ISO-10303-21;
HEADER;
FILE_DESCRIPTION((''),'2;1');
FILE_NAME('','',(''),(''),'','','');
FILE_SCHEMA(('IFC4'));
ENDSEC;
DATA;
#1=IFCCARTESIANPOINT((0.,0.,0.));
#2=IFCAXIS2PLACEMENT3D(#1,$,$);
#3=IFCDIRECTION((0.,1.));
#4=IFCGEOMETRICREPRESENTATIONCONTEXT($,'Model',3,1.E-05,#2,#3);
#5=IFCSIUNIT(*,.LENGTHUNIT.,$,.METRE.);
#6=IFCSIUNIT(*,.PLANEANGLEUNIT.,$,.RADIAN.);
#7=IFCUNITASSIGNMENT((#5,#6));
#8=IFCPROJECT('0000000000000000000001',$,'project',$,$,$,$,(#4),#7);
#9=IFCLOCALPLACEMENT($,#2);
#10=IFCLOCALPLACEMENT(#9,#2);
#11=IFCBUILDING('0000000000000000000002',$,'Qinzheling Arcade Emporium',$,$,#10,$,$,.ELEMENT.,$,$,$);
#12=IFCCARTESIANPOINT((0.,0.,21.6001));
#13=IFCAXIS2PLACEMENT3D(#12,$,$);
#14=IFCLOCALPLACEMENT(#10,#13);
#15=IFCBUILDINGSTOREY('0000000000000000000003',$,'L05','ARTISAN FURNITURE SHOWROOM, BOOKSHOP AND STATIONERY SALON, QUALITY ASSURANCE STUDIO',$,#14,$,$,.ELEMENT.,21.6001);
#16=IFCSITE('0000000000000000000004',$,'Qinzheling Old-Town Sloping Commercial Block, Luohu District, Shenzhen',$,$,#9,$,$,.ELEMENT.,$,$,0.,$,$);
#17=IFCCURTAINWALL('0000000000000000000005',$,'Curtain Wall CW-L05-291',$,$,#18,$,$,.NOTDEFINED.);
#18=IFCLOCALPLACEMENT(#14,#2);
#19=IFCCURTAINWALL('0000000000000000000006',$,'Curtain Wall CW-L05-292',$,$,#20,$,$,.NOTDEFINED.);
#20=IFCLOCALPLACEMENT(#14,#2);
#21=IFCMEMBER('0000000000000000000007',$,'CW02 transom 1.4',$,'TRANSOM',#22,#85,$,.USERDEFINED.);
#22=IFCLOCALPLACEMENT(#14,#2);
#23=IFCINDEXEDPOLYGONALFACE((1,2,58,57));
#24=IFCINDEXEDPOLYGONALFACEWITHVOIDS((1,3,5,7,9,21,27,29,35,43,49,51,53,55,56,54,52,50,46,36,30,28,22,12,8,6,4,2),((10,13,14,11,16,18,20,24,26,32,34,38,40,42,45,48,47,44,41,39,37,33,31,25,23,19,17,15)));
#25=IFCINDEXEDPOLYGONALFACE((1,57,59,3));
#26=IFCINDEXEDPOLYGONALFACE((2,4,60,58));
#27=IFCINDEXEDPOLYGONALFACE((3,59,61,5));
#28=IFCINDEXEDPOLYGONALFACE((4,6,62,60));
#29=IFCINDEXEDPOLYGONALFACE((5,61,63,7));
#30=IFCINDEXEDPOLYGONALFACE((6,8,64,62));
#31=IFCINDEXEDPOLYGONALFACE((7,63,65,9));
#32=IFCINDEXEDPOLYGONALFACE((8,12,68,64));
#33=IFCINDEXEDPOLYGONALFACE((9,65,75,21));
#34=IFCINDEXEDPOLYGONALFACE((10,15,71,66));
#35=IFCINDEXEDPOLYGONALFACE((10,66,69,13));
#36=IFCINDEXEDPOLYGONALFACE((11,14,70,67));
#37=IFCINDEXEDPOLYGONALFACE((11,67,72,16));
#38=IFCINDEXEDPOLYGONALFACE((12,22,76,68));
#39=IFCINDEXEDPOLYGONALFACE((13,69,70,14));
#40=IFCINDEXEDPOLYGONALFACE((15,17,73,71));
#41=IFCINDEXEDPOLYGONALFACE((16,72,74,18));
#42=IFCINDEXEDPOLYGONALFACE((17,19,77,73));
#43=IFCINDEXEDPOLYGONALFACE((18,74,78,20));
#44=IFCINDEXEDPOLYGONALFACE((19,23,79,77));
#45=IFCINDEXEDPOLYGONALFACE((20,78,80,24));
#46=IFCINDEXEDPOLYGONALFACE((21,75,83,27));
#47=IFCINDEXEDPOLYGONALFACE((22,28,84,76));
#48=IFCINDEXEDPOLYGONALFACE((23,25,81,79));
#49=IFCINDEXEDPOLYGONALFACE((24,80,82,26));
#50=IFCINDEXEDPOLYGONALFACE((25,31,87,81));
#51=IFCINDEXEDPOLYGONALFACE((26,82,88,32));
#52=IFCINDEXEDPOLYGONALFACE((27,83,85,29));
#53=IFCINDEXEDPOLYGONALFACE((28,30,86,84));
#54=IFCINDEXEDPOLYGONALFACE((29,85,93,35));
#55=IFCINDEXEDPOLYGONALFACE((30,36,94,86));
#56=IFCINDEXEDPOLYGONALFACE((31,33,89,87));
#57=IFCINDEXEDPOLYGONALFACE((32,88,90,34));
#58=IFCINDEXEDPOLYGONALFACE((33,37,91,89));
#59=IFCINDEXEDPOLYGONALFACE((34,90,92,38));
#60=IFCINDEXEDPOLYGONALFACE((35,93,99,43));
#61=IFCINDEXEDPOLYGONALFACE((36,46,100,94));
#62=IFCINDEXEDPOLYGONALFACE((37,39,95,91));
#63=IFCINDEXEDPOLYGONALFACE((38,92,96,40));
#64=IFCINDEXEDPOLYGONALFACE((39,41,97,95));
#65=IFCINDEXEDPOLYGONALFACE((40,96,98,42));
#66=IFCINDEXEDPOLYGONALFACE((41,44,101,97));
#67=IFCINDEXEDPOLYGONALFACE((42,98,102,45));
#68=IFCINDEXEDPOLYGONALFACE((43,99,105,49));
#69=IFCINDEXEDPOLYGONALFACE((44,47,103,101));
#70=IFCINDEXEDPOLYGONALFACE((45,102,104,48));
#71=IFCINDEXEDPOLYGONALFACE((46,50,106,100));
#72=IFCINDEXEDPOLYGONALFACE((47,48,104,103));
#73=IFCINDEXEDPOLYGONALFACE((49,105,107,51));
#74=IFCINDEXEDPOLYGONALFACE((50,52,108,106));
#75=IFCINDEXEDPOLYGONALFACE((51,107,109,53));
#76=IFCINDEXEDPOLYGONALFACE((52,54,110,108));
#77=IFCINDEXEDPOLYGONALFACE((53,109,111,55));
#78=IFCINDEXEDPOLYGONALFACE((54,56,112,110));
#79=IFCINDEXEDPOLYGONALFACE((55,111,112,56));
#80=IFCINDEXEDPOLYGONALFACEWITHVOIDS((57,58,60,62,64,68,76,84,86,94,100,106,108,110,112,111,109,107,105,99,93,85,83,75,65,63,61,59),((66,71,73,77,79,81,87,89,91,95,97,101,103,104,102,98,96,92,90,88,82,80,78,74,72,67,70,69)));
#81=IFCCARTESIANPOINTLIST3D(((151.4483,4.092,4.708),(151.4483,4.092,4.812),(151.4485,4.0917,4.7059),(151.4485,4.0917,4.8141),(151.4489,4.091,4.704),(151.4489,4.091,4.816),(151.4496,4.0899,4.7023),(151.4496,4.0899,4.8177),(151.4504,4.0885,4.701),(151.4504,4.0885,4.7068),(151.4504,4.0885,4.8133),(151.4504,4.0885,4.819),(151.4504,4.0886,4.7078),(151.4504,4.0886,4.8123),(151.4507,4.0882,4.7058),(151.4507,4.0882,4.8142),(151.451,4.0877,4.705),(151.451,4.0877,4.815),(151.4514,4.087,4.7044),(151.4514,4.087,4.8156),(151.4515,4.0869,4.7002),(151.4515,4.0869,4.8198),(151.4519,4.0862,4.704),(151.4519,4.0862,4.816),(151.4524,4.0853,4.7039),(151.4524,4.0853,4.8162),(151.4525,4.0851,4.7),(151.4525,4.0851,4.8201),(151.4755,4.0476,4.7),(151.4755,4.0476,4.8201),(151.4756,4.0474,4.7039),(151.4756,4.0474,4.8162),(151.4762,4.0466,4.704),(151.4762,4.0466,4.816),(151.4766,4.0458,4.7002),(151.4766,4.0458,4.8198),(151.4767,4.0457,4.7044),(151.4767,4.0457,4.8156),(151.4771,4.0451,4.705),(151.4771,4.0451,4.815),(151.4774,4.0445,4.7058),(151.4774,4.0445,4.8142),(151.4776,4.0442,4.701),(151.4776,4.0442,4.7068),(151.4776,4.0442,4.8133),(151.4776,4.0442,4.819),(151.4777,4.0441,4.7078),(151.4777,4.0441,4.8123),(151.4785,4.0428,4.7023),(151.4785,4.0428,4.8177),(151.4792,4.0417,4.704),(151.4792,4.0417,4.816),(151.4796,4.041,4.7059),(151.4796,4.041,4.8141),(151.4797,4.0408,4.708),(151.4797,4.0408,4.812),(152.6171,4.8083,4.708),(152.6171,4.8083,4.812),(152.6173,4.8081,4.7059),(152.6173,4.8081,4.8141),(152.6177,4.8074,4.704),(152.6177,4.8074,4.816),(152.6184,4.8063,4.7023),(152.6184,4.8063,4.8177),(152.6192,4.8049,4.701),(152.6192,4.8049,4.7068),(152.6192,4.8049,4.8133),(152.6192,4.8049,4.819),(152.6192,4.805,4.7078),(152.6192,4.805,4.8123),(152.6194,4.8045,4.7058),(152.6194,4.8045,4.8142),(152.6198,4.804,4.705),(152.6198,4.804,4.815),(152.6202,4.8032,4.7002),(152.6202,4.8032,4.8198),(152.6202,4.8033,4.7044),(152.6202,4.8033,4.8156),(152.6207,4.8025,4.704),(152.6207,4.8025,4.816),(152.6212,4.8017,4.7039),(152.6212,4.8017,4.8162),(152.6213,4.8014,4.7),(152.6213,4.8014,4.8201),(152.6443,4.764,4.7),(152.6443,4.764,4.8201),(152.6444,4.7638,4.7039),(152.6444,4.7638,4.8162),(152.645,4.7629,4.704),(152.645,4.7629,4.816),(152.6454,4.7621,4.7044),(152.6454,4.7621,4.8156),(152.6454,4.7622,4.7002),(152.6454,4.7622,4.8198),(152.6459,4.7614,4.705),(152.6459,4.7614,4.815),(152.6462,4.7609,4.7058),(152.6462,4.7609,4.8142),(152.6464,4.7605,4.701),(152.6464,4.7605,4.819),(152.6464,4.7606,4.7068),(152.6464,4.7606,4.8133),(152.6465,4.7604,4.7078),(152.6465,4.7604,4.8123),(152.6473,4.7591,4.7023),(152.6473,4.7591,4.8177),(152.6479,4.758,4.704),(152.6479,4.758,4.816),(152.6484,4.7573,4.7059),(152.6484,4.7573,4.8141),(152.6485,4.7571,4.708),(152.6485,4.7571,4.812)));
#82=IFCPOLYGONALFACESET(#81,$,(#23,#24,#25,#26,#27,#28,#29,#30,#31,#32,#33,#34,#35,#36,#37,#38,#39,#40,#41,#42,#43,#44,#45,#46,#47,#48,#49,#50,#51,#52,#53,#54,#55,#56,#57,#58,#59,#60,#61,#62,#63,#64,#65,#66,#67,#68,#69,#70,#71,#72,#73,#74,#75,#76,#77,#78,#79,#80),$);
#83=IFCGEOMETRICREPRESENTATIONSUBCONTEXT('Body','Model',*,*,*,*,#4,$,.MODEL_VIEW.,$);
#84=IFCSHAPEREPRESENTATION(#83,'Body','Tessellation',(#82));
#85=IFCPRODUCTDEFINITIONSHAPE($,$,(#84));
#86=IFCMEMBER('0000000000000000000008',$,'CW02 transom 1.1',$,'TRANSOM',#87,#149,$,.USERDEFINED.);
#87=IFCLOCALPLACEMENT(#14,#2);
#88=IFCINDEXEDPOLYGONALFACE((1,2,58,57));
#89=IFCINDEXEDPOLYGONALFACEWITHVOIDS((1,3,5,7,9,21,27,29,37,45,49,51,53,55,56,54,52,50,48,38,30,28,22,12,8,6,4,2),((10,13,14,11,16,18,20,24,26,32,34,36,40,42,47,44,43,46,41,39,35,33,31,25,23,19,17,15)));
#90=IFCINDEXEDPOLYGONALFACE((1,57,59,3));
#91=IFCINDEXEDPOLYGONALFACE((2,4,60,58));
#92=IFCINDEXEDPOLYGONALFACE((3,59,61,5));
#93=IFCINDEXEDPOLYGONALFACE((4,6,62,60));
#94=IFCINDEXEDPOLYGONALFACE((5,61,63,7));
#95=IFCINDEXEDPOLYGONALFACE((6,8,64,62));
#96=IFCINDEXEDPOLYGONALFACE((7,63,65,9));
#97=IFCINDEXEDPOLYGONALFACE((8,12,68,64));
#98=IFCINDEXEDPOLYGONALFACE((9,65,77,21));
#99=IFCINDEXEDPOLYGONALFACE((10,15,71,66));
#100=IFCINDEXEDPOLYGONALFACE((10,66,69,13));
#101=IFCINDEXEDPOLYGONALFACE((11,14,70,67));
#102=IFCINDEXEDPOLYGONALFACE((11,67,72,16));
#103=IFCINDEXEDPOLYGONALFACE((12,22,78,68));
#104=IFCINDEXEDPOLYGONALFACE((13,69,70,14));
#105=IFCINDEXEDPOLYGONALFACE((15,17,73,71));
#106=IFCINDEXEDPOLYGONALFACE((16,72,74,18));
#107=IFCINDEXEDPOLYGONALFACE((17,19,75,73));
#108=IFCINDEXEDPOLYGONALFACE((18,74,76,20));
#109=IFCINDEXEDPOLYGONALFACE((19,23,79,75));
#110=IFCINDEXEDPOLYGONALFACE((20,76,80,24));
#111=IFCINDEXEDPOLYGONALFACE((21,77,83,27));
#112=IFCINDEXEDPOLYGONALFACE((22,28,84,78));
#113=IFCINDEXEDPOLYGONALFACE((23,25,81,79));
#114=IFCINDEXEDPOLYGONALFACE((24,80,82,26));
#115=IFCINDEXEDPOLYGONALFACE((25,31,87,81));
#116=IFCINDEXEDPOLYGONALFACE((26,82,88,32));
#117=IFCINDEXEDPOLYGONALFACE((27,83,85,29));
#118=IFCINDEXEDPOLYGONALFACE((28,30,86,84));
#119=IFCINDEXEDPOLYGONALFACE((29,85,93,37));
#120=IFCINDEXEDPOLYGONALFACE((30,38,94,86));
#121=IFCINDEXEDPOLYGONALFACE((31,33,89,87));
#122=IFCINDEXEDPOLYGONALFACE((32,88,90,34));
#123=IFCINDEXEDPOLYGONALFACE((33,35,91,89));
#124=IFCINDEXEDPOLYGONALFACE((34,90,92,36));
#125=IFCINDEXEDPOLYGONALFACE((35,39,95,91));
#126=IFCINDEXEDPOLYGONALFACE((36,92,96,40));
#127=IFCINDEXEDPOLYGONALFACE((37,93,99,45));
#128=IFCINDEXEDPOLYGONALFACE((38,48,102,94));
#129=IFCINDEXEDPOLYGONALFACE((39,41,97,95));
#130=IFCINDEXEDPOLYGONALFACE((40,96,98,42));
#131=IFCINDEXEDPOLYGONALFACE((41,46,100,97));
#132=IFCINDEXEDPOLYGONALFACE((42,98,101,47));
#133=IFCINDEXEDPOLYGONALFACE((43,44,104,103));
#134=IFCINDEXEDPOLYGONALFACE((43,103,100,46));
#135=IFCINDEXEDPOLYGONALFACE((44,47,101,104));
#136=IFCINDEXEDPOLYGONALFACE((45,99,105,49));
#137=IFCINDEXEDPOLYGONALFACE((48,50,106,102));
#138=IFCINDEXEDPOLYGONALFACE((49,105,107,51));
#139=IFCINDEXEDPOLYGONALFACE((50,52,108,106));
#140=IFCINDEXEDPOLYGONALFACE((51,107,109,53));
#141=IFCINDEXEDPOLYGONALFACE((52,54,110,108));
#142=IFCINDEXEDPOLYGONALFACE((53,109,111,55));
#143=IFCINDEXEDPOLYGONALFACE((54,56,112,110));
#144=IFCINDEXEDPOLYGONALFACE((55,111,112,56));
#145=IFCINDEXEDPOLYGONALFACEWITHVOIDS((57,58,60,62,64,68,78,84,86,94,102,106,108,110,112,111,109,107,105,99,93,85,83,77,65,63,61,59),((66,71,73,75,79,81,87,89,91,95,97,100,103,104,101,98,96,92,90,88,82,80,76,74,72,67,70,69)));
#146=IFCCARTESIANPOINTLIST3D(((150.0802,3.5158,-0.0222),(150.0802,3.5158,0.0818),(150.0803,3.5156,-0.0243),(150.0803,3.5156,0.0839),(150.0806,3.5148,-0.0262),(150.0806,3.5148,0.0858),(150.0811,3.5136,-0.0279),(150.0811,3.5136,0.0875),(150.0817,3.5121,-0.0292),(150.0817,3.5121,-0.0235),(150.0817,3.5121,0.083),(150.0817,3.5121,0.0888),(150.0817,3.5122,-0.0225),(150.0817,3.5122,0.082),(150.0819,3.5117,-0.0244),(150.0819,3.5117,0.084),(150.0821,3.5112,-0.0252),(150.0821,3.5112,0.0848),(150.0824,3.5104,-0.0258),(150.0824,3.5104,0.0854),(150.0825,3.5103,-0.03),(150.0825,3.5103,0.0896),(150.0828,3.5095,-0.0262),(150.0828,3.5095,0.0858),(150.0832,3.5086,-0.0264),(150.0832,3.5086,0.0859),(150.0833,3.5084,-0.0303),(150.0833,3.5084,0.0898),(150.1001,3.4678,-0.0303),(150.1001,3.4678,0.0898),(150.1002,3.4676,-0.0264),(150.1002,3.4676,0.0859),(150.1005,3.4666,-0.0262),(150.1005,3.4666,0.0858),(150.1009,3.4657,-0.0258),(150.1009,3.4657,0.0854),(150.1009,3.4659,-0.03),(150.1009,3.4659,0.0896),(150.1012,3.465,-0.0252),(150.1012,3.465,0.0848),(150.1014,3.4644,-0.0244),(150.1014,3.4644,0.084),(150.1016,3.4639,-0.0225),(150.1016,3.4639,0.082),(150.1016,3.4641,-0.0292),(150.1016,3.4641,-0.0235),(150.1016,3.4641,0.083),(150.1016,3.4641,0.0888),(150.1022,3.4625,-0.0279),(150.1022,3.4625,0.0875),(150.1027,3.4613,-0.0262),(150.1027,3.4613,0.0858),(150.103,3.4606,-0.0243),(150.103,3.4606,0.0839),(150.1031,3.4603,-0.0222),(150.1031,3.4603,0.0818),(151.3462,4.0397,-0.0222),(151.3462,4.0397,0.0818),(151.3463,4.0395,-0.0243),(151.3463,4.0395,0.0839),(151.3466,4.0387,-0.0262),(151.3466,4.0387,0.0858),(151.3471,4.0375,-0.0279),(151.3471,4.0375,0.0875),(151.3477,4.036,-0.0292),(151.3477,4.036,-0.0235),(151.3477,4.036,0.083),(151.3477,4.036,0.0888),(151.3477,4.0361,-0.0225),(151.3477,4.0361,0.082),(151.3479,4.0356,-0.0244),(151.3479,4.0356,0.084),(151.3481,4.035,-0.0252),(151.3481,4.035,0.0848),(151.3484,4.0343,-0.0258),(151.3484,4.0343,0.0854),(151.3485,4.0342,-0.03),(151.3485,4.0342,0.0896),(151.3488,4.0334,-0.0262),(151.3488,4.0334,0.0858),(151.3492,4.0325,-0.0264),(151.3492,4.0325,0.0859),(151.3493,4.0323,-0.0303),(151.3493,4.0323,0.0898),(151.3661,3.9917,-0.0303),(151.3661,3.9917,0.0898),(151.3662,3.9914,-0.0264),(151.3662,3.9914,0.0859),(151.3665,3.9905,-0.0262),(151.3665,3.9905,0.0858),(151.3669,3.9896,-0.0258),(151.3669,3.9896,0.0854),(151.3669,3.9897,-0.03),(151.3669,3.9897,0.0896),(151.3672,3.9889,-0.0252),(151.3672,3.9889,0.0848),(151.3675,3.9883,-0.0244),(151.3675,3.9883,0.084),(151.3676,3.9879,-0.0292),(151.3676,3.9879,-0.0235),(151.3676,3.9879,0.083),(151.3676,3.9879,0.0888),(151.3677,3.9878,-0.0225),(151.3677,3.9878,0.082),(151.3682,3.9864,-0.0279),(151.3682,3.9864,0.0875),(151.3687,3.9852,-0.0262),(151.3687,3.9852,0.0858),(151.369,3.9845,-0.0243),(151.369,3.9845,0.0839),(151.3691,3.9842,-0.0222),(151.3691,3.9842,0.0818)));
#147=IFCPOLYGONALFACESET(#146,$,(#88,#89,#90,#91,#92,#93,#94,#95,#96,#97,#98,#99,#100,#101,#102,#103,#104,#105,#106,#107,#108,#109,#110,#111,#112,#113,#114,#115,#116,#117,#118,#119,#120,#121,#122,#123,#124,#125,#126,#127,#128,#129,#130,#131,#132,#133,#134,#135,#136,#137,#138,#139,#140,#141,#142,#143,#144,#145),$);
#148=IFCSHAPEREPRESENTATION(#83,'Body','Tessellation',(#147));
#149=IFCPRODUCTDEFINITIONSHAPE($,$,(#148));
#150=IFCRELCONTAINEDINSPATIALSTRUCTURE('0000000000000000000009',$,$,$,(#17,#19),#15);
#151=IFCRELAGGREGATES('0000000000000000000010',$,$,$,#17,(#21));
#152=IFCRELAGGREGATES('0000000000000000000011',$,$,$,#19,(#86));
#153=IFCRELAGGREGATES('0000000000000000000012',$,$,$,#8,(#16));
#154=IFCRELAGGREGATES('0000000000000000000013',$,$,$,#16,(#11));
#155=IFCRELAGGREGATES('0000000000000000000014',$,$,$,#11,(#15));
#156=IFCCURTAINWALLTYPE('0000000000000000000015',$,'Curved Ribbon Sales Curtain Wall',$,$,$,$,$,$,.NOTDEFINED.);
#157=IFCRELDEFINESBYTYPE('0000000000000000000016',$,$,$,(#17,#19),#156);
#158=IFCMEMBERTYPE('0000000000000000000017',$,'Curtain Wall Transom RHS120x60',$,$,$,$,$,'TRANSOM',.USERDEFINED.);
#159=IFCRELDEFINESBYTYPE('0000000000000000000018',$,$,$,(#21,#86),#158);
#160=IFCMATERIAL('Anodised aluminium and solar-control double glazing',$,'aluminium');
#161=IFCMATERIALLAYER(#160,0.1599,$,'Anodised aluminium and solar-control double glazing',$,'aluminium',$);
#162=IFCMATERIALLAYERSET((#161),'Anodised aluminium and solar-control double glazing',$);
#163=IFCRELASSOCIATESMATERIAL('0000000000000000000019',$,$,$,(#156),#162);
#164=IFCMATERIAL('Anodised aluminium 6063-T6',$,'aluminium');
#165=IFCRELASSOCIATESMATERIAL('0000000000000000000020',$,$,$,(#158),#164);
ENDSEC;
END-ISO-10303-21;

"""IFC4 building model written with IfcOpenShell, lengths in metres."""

from ifc_helpers import new_model, si_unit, direction, frame, origin, origin_2d, place, context, subcontext, project, spatial, hollow_rectangle, extrude, material, layer, layer_set, material_profile, profile_set, type_object, element, aggregate, save


model = new_model("IFC4")

# Units and contexts
model_context = context("Model", 3, precision=1e-05, world=origin(), true_north=direction((0.0, 1.0)))
body_context = subcontext(model_context, "Body", "Model", "MODEL_VIEW")
ifc_project = project(units=[si_unit("LENGTHUNIT", "METRE"), si_unit("PLANEANGLEUNIT", "RADIAN")], contexts=[model_context])

# Site, building, storey
site_placement = place(None, origin())
site = spatial("IfcSite", under=ifc_project, at=site_placement, Name="Qinzheling Old-Town Sloping Commercial Block, Luohu District, Shenzhen", CompositionType="ELEMENT", RefElevation=0.0)
building_placement = place(site_placement, origin())
building = spatial("IfcBuilding", under=site, at=building_placement, Name="Qinzheling Arcade Emporium", CompositionType="ELEMENT")
storey_placement = place(building_placement, frame((0.0, 0.0, 21.6001)))
storey = spatial("IfcBuildingStorey", under=building, at=storey_placement, Name="L05", Description="ARTISAN FURNITURE SHOWROOM, BOOKSHOP AND STATIONERY SALON, QUALITY ASSURANCE STUDIO", CompositionType="ELEMENT", Elevation=21.6001)

# Curtain wall
ifc_material_1 = material(Name="Anodised aluminium and solar-control double glazing", Category="aluminium")
ifc_layer_1 = layer(ifc_material_1, 0.1599, Name="Anodised aluminium and solar-control double glazing", Category="aluminium")
ifc_layer_set_1 = layer_set([ifc_layer_1], Name="Anodised aluminium and solar-control double glazing")
curtain_wall_type = type_object("IfcCurtainWallType", Name="Curved Ribbon Sales Curtain Wall", PredefinedType="NOTDEFINED", material=ifc_layer_set_1)
curtain_wall_1_placement = place(storey_placement, origin())
curtain_wall_1 = element("IfcCurtainWall", 1, at=curtain_wall_1_placement, inside=storey, type_object=curtain_wall_type, Name="Curtain Wall CW-L05-291", PredefinedType="NOTDEFINED")
ifc_material_2 = material(Name="Anodised aluminium 6063-T6", Category="aluminium")

# Curtain wall
curtain_wall_2_placement = place(storey_placement, origin())
curtain_wall_2 = element("IfcCurtainWall", 2, at=curtain_wall_2_placement, inside=storey, type_object=curtain_wall_type, Name="Curtain Wall CW-L05-292", PredefinedType="NOTDEFINED")

# Members
ifc_material_profile_1 = material_profile(ifc_material_2, hollow_rectangle(XDim=0.0601, YDim=0.1201, WallThickness=0.0039, InnerFilletRadius=0.0039, OuterFilletRadius=0.0081, at=origin_2d()), Name="RHS 120x60x4", Category="aluminium")
ifc_profile_set_1 = profile_set([ifc_material_profile_1], Name="Anodised aluminium 6063-T6")
member_type_1 = type_object("IfcMemberType", Name="Curtain Wall Transom RHS120x60", ElementType="TRANSOM", PredefinedType="USERDEFINED", material=ifc_profile_set_1)
member_1_placement = place(storey_placement, frame((152.6328, 4.7827, 4.76), z_axis=(-0.852599, -0.522566, 0.0), x_axis=(0.522566, -0.852599, 0.0)))
member_1 = element("IfcMember", 3, at=member_1_placement, type_object=member_type_1, Name="CW02 transom 1.4", ObjectType="TRANSOM", PredefinedType="USERDEFINED", context=body_context, shape_type="SweptSolid", body=[
    extrude(hollow_rectangle(XDim=0.0601, YDim=0.1201, WallThickness=0.0039, InnerFilletRadius=0.0039, OuterFilletRadius=0.0081, at=origin_2d()), origin(), (0.0, 0.0, 1.0), 1.3708),
])
member_2_placement = place(storey_placement, frame((151.3577, 4.012, 0.0298), z_axis=(-0.924012, -0.382362, 0.0), x_axis=(0.382362, -0.924012, 0.0)))
member_2 = element("IfcMember", 4, at=member_2_placement, type_object=member_type_1, Name="CW02 transom 1.1", ObjectType="TRANSOM", PredefinedType="USERDEFINED", context=body_context, shape_type="SweptSolid", body=[
    extrude(hollow_rectangle(XDim=0.0601, YDim=0.1201, WallThickness=0.0039, InnerFilletRadius=0.0039, OuterFilletRadius=0.0081, at=origin_2d()), origin(), (0.0, 0.0, 1.0), 1.3701),
])

aggregate(curtain_wall_1, [member_1])
aggregate(curtain_wall_2, [member_2])

save(model, "model.ifc")
